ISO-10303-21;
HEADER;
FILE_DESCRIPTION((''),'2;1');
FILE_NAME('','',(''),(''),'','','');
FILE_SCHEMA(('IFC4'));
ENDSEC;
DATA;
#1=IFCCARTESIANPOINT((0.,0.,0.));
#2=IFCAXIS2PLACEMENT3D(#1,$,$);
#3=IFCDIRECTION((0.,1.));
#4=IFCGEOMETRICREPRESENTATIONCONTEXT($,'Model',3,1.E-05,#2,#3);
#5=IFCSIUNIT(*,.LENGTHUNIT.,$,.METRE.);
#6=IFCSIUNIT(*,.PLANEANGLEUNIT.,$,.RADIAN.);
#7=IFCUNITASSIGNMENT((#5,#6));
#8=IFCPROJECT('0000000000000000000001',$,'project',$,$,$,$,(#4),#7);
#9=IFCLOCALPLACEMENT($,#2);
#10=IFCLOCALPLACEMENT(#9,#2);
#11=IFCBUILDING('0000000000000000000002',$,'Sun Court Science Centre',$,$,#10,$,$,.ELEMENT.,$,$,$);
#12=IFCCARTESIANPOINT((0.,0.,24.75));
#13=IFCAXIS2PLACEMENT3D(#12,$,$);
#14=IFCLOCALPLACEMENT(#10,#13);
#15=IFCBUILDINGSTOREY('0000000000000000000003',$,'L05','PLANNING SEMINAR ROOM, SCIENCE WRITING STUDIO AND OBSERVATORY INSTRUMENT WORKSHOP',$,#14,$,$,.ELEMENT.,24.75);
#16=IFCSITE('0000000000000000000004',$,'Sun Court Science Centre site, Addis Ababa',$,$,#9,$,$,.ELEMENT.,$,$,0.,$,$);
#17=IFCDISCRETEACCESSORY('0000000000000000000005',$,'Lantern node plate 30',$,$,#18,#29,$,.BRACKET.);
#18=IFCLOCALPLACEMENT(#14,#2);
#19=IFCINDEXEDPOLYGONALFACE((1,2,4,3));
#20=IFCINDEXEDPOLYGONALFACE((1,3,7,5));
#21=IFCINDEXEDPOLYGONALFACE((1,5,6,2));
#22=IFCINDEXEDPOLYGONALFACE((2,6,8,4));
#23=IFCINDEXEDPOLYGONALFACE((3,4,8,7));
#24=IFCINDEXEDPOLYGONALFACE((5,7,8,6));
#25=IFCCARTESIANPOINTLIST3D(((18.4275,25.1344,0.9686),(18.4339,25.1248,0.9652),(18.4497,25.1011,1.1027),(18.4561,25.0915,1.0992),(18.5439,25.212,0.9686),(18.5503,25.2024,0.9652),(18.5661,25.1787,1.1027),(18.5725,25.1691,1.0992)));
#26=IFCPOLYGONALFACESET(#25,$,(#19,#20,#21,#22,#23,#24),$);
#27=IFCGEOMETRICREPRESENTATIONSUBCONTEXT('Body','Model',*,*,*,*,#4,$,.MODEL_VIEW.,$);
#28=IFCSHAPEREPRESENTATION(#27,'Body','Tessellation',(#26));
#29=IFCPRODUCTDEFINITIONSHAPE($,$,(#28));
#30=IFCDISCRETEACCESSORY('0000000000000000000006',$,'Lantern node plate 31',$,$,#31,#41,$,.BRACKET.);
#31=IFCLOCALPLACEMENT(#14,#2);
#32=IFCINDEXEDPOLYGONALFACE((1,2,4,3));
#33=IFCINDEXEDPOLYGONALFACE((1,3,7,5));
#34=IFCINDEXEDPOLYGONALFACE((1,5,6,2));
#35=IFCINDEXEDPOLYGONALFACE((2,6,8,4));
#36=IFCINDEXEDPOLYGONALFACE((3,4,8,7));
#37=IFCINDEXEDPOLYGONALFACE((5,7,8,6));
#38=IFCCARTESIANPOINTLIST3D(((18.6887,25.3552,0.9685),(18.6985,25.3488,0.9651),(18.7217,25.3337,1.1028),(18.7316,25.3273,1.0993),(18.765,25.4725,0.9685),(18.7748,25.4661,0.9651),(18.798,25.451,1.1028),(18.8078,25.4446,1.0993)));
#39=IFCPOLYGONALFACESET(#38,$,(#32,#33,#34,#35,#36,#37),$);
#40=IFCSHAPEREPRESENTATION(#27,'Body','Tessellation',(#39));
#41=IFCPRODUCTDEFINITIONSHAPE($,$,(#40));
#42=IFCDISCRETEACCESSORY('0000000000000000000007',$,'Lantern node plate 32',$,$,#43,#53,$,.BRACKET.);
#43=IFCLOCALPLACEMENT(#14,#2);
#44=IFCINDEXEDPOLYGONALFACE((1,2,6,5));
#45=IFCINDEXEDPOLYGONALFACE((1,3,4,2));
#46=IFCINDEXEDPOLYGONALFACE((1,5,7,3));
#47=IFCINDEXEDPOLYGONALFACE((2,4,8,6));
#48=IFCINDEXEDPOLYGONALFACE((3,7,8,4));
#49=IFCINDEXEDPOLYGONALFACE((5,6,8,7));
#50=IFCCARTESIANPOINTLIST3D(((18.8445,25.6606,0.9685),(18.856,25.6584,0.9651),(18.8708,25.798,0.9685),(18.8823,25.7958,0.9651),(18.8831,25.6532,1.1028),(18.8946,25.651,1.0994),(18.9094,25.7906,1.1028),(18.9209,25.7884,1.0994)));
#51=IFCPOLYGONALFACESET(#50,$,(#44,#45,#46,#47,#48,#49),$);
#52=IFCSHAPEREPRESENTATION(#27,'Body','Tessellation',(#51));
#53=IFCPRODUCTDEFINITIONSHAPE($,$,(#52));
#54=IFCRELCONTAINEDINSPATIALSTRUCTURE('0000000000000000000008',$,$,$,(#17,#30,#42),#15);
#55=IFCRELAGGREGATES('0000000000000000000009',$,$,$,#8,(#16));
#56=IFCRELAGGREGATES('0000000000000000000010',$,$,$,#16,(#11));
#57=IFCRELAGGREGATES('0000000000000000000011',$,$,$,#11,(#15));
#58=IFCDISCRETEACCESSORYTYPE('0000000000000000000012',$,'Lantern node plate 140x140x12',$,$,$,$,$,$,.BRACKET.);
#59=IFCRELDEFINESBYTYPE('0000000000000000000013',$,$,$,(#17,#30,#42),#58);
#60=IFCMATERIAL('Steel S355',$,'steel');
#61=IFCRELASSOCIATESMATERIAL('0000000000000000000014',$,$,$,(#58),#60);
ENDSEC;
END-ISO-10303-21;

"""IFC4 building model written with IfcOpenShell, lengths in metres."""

from ifc_helpers import new_model, si_unit, direction, frame, origin, origin_2d, place, context, subcontext, project, spatial, rectangle, extrude, material, material_profile, profile_set, type_object, element, save


model = new_model("IFC4")

# Units and contexts
model_context = context("Model", 3, precision=1e-05, world=origin(), true_north=direction((0.0, 1.0)))
body_context = subcontext(model_context, "Body", "Model", "MODEL_VIEW")
ifc_project = project(units=[si_unit("LENGTHUNIT", "METRE"), si_unit("PLANEANGLEUNIT", "RADIAN")], contexts=[model_context])

# Site, building, storey
site_placement = place(None, origin())
site = spatial("IfcSite", under=ifc_project, at=site_placement, Name="Sun Court Science Centre site, Addis Ababa", CompositionType="ELEMENT", RefElevation=0.0)
building_placement = place(site_placement, origin())
building = spatial("IfcBuilding", under=site, at=building_placement, Name="Sun Court Science Centre", CompositionType="ELEMENT")
storey_placement = place(building_placement, frame((0.0, 0.0, 24.75)))
storey = spatial("IfcBuildingStorey", under=building, at=storey_placement, Name="L05", Description="PLANNING SEMINAR ROOM, SCIENCE WRITING STUDIO AND OBSERVATORY INSTRUMENT WORKSHOP", CompositionType="ELEMENT", Elevation=24.75)

# Discrete accessories
ifc_material_1 = material(Name="Steel S355", Category="steel")
ifc_material_profile_1 = material_profile(ifc_material_1, rectangle(XDim=0.1399, YDim=0.1399, at=origin_2d()), Name="PL 140x140")
ifc_profile_set_1 = profile_set([ifc_material_profile_1], Name="Steel S355")
discrete_accessory_type = type_object("IfcDiscreteAccessoryType", Name="Lantern node plate 140x140x12", PredefinedType="BRACKET", material=ifc_profile_set_1)
for number, where, z_axis, x_axis, name in (
    (1, (18.5032, 25.147, 1.0322), (-0.531498, 0.797248, 0.286191), (-0.83205, -0.5547, 0.0), "Lantern node plate 30"),
):
    element("IfcDiscreteAccessory", number, at=place(storey_placement, frame(where, z_axis=z_axis, x_axis=x_axis)), inside=storey, type_object=discrete_accessory_type, Name=name, PredefinedType="BRACKET", context=body_context, shape_type="SweptSolid", body=[
        extrude(rectangle(XDim=0.1399, YDim=0.1399, at=origin_2d()), origin(), (0.0, 0.0, 1.0), 0.012),
    ])
for number, where, z_axis, x_axis, name in (
    (2, (18.7532, 25.3967, 1.0322), (-0.804518, 0.522937, 0.281581), (-0.544988, -0.838444, 0.0), "Lantern node plate 31"),
    (3, (18.8884, 25.7234, 1.0322), (-0.942643, 0.180506, 0.280787), (-0.188072, -0.982155, 0.0), "Lantern node plate 32"),
):
    element("IfcDiscreteAccessory", number, at=place(storey_placement, frame(where, z_axis=z_axis, x_axis=x_axis)), inside=storey, type_object=discrete_accessory_type, Name=name, PredefinedType="BRACKET", context=body_context, shape_type="SweptSolid", body=[
        extrude(rectangle(XDim=0.1399, YDim=0.1399, at=origin_2d()), origin(), (0.0, 0.0, 1.0), 0.0122),
    ])

save(model, "model.ifc")
